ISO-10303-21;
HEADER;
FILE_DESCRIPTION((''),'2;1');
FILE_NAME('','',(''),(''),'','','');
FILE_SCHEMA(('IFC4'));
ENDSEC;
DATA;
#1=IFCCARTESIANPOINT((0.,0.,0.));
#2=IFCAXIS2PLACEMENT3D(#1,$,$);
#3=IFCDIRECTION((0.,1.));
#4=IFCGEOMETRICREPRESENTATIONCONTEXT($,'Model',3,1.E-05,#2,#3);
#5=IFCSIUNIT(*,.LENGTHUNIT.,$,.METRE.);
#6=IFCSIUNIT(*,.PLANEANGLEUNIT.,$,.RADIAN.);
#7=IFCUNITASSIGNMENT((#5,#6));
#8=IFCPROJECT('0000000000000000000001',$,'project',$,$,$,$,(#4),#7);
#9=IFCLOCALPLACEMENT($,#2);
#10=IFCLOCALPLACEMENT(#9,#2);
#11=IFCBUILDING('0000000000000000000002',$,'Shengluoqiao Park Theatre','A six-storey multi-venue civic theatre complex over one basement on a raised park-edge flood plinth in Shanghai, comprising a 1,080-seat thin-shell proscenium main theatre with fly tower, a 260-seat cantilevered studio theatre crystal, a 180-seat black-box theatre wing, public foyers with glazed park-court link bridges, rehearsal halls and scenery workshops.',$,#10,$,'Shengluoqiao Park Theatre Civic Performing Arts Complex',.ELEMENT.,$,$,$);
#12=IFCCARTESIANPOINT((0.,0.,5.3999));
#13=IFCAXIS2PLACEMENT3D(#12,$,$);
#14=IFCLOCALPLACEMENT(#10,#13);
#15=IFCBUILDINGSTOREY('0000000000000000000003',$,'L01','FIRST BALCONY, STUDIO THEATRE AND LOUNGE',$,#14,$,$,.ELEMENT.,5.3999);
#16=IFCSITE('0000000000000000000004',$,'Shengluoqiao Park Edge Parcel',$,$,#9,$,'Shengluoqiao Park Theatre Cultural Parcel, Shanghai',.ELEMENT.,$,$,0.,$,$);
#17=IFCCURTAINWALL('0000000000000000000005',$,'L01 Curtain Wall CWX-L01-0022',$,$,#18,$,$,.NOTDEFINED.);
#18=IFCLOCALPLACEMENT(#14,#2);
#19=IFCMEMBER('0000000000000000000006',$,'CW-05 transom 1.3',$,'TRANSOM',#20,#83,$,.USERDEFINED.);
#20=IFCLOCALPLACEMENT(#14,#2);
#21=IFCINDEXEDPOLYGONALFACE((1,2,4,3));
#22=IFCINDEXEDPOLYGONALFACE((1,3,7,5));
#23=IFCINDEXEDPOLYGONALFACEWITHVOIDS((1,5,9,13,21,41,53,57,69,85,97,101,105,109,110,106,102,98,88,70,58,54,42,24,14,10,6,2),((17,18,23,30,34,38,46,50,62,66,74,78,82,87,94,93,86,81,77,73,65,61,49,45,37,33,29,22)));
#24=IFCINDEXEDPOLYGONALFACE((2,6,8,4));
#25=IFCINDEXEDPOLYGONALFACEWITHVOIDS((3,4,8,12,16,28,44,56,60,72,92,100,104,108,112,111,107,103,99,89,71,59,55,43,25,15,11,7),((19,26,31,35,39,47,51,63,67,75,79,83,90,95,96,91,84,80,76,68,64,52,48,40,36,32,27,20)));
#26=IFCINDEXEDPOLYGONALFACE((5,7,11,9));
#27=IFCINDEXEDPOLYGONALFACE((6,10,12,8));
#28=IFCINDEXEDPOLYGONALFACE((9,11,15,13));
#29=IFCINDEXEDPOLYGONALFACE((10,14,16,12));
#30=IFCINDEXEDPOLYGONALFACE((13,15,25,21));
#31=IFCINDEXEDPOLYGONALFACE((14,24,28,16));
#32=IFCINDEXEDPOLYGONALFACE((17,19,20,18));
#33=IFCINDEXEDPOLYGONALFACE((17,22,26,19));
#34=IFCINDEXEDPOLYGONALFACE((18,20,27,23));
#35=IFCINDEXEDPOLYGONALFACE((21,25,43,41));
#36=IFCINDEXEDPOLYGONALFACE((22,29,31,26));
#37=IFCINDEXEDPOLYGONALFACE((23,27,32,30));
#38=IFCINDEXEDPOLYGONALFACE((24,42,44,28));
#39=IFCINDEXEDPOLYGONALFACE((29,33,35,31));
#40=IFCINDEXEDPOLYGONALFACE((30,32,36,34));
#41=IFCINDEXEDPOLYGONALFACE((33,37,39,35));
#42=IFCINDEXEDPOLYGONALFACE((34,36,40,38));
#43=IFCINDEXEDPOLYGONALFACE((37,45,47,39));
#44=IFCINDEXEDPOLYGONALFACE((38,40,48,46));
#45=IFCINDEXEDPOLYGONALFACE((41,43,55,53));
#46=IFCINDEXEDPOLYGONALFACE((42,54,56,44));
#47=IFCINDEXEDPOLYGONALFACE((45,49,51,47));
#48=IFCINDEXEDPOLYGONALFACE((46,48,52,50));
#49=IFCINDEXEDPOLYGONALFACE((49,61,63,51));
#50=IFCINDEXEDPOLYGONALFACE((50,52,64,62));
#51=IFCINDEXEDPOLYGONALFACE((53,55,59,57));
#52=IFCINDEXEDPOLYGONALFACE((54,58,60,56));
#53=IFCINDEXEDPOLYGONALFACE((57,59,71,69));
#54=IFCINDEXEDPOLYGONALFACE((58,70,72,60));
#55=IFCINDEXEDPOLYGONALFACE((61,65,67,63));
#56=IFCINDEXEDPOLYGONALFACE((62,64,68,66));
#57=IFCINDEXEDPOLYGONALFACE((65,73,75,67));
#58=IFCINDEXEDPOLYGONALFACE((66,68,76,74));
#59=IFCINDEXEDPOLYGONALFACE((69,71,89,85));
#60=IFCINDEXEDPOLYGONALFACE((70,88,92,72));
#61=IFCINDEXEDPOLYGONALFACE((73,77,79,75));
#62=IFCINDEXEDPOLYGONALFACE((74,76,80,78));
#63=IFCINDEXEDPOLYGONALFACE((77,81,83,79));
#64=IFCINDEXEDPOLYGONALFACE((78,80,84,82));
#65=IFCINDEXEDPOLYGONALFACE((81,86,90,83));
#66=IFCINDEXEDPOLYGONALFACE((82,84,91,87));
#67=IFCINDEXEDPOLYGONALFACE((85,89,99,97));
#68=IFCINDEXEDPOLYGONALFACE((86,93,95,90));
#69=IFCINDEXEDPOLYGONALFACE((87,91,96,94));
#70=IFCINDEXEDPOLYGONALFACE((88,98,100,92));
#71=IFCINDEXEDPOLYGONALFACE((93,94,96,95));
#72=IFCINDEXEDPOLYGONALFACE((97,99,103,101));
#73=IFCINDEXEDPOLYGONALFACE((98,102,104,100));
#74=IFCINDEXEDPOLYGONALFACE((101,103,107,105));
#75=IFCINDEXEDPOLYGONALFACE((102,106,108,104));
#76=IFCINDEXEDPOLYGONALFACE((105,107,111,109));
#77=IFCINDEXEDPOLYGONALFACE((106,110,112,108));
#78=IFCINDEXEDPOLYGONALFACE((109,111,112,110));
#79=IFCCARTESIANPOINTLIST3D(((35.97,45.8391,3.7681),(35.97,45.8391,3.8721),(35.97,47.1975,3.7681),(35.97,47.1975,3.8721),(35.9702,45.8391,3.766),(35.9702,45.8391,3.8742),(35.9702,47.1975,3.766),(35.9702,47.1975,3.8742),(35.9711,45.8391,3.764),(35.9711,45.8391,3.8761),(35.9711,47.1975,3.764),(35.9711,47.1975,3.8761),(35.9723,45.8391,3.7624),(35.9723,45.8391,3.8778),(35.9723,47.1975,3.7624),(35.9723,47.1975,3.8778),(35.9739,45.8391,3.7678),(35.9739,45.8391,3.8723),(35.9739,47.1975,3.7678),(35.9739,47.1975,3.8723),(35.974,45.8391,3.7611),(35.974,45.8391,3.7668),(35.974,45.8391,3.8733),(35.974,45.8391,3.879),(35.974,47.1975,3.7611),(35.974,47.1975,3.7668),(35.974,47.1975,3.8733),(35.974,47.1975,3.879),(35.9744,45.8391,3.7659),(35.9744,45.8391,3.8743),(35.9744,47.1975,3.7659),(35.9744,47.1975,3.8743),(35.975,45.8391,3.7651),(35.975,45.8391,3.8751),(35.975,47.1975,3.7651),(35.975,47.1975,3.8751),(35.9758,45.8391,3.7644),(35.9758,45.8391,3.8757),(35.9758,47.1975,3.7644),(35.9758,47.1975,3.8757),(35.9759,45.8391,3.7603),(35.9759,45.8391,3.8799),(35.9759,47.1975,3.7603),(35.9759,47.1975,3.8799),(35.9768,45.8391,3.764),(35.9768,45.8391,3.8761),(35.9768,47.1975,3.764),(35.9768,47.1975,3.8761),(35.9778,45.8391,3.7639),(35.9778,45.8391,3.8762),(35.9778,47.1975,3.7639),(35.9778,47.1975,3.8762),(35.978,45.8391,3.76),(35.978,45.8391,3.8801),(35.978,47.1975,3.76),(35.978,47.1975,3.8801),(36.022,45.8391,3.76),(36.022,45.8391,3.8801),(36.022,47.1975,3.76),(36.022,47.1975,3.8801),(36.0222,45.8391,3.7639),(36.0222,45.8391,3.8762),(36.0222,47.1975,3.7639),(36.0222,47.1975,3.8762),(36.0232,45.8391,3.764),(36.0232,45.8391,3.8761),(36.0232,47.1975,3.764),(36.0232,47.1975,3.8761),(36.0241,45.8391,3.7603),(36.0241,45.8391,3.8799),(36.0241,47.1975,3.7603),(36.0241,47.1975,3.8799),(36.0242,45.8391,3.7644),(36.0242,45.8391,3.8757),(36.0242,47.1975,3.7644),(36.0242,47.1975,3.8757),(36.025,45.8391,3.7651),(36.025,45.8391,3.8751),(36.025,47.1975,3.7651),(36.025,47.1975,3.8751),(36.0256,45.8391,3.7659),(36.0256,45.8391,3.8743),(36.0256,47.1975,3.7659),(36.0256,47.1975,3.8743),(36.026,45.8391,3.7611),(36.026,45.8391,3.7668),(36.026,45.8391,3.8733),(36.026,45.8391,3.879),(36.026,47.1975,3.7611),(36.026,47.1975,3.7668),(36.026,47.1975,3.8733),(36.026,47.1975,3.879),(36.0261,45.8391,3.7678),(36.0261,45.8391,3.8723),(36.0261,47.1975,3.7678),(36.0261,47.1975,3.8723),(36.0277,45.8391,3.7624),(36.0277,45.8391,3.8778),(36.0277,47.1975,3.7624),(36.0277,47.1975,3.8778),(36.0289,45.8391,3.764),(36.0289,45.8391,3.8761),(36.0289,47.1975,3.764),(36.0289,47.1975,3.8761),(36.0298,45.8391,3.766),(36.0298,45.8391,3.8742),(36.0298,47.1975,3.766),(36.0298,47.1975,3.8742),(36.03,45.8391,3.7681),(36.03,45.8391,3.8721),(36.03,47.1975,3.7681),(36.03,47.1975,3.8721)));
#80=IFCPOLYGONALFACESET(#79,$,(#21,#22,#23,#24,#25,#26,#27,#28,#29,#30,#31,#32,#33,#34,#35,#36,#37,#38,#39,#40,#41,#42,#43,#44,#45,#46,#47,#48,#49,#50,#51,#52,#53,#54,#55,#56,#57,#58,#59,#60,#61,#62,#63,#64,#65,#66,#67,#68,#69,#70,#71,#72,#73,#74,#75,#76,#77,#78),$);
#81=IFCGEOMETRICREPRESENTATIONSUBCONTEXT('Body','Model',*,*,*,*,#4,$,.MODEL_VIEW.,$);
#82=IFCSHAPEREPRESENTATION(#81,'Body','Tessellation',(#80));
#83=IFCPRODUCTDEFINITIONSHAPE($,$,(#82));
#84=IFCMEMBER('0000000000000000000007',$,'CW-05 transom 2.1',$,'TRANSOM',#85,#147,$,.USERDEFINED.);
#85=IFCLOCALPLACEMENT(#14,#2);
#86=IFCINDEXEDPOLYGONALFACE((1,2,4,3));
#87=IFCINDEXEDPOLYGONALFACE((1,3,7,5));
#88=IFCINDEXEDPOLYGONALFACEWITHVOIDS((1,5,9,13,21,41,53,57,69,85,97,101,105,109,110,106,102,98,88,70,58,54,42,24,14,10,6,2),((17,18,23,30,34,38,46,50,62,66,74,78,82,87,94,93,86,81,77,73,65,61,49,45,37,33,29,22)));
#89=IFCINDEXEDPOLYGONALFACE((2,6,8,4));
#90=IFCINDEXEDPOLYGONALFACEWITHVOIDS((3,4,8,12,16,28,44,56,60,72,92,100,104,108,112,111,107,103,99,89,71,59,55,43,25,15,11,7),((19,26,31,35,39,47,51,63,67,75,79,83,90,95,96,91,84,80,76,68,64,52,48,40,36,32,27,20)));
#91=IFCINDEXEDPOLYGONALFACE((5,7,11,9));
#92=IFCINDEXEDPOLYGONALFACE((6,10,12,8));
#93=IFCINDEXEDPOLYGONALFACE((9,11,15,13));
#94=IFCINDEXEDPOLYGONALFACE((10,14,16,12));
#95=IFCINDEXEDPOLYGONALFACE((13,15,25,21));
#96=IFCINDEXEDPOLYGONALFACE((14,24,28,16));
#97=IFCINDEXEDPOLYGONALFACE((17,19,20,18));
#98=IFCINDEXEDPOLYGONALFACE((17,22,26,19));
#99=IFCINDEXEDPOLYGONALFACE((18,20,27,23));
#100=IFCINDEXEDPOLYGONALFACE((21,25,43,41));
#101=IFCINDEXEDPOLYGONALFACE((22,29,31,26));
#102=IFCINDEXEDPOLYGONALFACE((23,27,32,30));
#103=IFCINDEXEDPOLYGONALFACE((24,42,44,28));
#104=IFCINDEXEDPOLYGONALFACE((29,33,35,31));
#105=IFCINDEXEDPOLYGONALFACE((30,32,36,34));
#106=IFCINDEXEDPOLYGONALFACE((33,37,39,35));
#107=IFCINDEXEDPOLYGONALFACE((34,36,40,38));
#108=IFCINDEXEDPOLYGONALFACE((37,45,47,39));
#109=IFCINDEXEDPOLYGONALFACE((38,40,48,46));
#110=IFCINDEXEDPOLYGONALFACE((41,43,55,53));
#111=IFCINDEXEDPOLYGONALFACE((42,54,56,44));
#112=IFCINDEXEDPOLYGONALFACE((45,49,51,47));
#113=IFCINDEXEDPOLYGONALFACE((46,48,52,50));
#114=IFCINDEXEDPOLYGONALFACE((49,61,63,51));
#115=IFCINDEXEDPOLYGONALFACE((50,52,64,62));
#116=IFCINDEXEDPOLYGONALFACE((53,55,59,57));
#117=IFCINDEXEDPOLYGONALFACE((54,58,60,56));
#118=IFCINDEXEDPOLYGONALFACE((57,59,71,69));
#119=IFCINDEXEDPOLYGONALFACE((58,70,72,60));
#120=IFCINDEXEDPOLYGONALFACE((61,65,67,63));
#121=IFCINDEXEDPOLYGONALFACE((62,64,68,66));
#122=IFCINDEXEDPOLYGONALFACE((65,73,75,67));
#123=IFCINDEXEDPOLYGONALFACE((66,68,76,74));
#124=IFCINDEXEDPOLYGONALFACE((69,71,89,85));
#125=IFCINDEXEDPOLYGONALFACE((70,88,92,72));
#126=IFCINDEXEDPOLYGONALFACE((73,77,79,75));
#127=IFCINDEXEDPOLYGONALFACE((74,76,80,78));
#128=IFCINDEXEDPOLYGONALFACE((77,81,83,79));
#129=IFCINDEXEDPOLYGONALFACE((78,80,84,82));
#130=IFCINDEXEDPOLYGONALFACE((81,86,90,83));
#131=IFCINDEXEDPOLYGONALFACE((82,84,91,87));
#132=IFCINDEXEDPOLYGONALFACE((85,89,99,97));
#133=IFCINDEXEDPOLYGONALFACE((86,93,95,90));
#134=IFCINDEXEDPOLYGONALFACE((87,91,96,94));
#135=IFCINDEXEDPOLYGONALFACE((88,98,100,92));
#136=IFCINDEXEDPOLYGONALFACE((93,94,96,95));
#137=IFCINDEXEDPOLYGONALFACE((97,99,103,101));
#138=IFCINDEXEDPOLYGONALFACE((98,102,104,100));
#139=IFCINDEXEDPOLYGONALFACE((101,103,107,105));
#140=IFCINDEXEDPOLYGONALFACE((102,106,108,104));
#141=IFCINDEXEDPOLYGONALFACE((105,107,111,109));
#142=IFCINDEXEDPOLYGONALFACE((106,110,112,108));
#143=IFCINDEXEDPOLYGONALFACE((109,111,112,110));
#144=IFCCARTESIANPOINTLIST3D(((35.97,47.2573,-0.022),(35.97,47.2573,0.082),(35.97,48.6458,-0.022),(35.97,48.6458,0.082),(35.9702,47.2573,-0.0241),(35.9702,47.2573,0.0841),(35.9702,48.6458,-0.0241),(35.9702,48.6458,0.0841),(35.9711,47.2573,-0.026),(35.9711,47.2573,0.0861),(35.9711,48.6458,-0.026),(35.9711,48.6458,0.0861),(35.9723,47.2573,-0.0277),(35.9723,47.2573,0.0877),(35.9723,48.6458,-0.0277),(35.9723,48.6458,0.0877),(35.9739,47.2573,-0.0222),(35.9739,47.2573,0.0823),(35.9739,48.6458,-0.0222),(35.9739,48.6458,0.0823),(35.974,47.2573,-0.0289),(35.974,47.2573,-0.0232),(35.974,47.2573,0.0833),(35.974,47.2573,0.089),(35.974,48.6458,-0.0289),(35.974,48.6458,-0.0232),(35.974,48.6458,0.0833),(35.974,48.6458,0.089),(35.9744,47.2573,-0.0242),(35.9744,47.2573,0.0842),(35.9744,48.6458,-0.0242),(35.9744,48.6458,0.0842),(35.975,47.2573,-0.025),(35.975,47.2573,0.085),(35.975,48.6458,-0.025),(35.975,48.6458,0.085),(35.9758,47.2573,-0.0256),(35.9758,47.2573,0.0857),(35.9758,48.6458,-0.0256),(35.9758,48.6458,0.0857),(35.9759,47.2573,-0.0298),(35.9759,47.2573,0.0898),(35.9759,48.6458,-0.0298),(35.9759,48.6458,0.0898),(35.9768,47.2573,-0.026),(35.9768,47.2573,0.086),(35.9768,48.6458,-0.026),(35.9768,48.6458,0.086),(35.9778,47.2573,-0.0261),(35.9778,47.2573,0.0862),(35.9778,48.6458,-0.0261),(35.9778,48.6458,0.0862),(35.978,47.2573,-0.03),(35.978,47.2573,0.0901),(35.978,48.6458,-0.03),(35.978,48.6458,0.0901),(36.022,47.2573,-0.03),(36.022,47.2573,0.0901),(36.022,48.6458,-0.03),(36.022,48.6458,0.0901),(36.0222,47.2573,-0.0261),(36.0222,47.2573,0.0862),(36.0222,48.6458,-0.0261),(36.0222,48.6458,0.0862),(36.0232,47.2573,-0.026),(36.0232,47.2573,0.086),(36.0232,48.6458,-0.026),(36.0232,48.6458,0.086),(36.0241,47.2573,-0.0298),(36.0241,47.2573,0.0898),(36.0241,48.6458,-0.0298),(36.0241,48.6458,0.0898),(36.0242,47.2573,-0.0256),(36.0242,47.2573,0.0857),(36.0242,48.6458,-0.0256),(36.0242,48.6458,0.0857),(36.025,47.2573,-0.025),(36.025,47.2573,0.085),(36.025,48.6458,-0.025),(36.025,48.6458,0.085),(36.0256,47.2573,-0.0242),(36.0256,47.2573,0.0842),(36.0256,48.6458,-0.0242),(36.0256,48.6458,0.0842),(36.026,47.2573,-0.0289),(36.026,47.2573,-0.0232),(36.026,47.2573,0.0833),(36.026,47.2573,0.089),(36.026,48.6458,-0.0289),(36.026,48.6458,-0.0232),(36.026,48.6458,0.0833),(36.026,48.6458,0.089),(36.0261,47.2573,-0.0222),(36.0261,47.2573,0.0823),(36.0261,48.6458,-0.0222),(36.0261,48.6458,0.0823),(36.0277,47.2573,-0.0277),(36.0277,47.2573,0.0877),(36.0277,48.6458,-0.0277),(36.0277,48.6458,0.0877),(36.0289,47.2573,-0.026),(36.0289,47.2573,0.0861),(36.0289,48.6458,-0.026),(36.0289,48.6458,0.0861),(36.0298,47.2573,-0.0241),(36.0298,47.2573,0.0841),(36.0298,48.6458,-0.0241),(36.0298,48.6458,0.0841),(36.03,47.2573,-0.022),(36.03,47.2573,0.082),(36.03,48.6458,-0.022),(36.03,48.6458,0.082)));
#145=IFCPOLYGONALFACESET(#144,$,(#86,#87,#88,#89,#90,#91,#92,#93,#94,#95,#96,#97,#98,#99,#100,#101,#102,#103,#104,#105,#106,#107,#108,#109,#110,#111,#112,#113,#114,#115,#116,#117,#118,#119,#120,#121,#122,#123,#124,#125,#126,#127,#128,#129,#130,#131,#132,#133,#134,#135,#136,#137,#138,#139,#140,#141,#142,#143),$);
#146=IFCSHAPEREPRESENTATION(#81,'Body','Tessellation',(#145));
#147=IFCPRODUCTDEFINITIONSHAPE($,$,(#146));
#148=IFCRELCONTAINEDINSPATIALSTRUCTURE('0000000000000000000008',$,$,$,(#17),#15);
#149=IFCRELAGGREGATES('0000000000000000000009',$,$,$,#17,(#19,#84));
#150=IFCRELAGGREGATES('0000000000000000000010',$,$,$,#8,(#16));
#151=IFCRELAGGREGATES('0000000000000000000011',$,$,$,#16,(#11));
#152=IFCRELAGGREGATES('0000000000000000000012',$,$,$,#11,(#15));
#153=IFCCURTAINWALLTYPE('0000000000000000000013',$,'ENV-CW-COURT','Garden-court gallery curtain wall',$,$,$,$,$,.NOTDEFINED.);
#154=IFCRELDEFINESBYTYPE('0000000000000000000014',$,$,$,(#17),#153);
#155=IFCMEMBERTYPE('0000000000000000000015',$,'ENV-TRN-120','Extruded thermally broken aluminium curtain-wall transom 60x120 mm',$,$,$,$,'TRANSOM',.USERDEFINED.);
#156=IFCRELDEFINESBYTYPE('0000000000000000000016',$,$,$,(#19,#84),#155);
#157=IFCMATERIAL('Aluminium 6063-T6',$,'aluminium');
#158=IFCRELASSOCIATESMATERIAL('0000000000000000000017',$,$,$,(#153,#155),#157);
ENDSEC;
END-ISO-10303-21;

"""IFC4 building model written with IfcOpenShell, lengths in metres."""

from ifc_helpers import new_model, si_unit, direction, frame, origin, origin_2d, place, context, subcontext, project, spatial, hollow_rectangle, extrude, material, material_profile, profile_set, type_object, element, aggregate, save


model = new_model("IFC4")

# Units and contexts
model_context = context("Model", 3, precision=1e-05, world=origin(), true_north=direction((0.0, 1.0)))
body_context = subcontext(model_context, "Body", "Model", "MODEL_VIEW")
ifc_project = project(units=[si_unit("LENGTHUNIT", "METRE"), si_unit("PLANEANGLEUNIT", "RADIAN")], contexts=[model_context])

# Site, building, storey
site_placement = place(None, origin())
site = spatial("IfcSite", under=ifc_project, at=site_placement, Name="Shengluoqiao Park Edge Parcel", LongName="Shengluoqiao Park Theatre Cultural Parcel, Shanghai", CompositionType="ELEMENT", RefElevation=0.0)
building_placement = place(site_placement, origin())
building = spatial("IfcBuilding", under=site, at=building_placement, Name="Shengluoqiao Park Theatre", Description="A six-storey multi-venue civic theatre complex over one basement on a raised park-edge flood plinth in Shanghai, comprising a 1,080-seat thin-shell proscenium main theatre with fly tower, a 260-seat cantilevered studio theatre crystal, a 180-seat black-box theatre wing, public foyers with glazed park-court link bridges, rehearsal halls and scenery workshops.", LongName="Shengluoqiao Park Theatre Civic Performing Arts Complex", CompositionType="ELEMENT")
storey_placement = place(building_placement, frame((0.0, 0.0, 5.3999)))
storey = spatial("IfcBuildingStorey", under=building, at=storey_placement, Name="L01", Description="FIRST BALCONY, STUDIO THEATRE AND LOUNGE", CompositionType="ELEMENT", Elevation=5.3999)

# Curtain wall
ifc_material_1 = material(Name="Aluminium 6063-T6", Category="aluminium")
curtain_wall_type_1 = type_object("IfcCurtainWallType", Name="ENV-CW-COURT", Description="Garden-court gallery curtain wall", PredefinedType="NOTDEFINED", material=ifc_material_1)
curtain_wall_1_placement = place(storey_placement, origin())
curtain_wall_1 = element("IfcCurtainWall", 1, at=curtain_wall_1_placement, inside=storey, type_object=curtain_wall_type_1, Name="L01 Curtain Wall CWX-L01-0022", PredefinedType="NOTDEFINED")

# Members
ifc_material_profile_1 = material_profile(ifc_material_1, hollow_rectangle(XDim=0.0601, YDim=0.1201, WallThickness=0.0039, InnerFilletRadius=0.0039, OuterFilletRadius=0.0081, at=origin_2d()), Name="ALU TRANSOM 120x60x4")
ifc_profile_set_1 = profile_set([ifc_material_profile_1], Name="Aluminium 6063-T6")
member_type_1 = type_object("IfcMemberType", Name="ENV-TRN-120", Description="Extruded thermally broken aluminium curtain-wall transom 60x120 mm", ElementType="TRANSOM", PredefinedType="USERDEFINED", material=ifc_profile_set_1)
member_1_placement = place(storey_placement, frame((36.0, 45.8391, 3.8201), z_axis=(0.0, 1.0, 0.0), x_axis=(-1.0, 0.0, 0.0)))
member_1 = element("IfcMember", 2, at=member_1_placement, type_object=member_type_1, Name="CW-05 transom 1.3", ObjectType="TRANSOM", PredefinedType="USERDEFINED", context=body_context, shape_type="SweptSolid", body=[
    extrude(hollow_rectangle(XDim=0.0601, YDim=0.1201, WallThickness=0.0039, InnerFilletRadius=0.0039, OuterFilletRadius=0.0081, at=origin_2d()), origin(), (0.0, 0.0, 1.0), 1.3584),
])
member_2_placement = place(storey_placement, frame((36.0, 47.2573, 0.03), z_axis=(0.0, 1.0, 0.0), x_axis=(-1.0, 0.0, 0.0)))
member_2 = element("IfcMember", 3, at=member_2_placement, type_object=member_type_1, Name="CW-05 transom 2.1", ObjectType="TRANSOM", PredefinedType="USERDEFINED", context=body_context, shape_type="SweptSolid", body=[
    extrude(hollow_rectangle(XDim=0.0601, YDim=0.1201, WallThickness=0.0039, InnerFilletRadius=0.0039, OuterFilletRadius=0.0081, at=origin_2d()), origin(), (0.0, 0.0, 1.0), 1.3884),
])

aggregate(curtain_wall_1, [member_1, member_2])

save(model, "model.ifc")
